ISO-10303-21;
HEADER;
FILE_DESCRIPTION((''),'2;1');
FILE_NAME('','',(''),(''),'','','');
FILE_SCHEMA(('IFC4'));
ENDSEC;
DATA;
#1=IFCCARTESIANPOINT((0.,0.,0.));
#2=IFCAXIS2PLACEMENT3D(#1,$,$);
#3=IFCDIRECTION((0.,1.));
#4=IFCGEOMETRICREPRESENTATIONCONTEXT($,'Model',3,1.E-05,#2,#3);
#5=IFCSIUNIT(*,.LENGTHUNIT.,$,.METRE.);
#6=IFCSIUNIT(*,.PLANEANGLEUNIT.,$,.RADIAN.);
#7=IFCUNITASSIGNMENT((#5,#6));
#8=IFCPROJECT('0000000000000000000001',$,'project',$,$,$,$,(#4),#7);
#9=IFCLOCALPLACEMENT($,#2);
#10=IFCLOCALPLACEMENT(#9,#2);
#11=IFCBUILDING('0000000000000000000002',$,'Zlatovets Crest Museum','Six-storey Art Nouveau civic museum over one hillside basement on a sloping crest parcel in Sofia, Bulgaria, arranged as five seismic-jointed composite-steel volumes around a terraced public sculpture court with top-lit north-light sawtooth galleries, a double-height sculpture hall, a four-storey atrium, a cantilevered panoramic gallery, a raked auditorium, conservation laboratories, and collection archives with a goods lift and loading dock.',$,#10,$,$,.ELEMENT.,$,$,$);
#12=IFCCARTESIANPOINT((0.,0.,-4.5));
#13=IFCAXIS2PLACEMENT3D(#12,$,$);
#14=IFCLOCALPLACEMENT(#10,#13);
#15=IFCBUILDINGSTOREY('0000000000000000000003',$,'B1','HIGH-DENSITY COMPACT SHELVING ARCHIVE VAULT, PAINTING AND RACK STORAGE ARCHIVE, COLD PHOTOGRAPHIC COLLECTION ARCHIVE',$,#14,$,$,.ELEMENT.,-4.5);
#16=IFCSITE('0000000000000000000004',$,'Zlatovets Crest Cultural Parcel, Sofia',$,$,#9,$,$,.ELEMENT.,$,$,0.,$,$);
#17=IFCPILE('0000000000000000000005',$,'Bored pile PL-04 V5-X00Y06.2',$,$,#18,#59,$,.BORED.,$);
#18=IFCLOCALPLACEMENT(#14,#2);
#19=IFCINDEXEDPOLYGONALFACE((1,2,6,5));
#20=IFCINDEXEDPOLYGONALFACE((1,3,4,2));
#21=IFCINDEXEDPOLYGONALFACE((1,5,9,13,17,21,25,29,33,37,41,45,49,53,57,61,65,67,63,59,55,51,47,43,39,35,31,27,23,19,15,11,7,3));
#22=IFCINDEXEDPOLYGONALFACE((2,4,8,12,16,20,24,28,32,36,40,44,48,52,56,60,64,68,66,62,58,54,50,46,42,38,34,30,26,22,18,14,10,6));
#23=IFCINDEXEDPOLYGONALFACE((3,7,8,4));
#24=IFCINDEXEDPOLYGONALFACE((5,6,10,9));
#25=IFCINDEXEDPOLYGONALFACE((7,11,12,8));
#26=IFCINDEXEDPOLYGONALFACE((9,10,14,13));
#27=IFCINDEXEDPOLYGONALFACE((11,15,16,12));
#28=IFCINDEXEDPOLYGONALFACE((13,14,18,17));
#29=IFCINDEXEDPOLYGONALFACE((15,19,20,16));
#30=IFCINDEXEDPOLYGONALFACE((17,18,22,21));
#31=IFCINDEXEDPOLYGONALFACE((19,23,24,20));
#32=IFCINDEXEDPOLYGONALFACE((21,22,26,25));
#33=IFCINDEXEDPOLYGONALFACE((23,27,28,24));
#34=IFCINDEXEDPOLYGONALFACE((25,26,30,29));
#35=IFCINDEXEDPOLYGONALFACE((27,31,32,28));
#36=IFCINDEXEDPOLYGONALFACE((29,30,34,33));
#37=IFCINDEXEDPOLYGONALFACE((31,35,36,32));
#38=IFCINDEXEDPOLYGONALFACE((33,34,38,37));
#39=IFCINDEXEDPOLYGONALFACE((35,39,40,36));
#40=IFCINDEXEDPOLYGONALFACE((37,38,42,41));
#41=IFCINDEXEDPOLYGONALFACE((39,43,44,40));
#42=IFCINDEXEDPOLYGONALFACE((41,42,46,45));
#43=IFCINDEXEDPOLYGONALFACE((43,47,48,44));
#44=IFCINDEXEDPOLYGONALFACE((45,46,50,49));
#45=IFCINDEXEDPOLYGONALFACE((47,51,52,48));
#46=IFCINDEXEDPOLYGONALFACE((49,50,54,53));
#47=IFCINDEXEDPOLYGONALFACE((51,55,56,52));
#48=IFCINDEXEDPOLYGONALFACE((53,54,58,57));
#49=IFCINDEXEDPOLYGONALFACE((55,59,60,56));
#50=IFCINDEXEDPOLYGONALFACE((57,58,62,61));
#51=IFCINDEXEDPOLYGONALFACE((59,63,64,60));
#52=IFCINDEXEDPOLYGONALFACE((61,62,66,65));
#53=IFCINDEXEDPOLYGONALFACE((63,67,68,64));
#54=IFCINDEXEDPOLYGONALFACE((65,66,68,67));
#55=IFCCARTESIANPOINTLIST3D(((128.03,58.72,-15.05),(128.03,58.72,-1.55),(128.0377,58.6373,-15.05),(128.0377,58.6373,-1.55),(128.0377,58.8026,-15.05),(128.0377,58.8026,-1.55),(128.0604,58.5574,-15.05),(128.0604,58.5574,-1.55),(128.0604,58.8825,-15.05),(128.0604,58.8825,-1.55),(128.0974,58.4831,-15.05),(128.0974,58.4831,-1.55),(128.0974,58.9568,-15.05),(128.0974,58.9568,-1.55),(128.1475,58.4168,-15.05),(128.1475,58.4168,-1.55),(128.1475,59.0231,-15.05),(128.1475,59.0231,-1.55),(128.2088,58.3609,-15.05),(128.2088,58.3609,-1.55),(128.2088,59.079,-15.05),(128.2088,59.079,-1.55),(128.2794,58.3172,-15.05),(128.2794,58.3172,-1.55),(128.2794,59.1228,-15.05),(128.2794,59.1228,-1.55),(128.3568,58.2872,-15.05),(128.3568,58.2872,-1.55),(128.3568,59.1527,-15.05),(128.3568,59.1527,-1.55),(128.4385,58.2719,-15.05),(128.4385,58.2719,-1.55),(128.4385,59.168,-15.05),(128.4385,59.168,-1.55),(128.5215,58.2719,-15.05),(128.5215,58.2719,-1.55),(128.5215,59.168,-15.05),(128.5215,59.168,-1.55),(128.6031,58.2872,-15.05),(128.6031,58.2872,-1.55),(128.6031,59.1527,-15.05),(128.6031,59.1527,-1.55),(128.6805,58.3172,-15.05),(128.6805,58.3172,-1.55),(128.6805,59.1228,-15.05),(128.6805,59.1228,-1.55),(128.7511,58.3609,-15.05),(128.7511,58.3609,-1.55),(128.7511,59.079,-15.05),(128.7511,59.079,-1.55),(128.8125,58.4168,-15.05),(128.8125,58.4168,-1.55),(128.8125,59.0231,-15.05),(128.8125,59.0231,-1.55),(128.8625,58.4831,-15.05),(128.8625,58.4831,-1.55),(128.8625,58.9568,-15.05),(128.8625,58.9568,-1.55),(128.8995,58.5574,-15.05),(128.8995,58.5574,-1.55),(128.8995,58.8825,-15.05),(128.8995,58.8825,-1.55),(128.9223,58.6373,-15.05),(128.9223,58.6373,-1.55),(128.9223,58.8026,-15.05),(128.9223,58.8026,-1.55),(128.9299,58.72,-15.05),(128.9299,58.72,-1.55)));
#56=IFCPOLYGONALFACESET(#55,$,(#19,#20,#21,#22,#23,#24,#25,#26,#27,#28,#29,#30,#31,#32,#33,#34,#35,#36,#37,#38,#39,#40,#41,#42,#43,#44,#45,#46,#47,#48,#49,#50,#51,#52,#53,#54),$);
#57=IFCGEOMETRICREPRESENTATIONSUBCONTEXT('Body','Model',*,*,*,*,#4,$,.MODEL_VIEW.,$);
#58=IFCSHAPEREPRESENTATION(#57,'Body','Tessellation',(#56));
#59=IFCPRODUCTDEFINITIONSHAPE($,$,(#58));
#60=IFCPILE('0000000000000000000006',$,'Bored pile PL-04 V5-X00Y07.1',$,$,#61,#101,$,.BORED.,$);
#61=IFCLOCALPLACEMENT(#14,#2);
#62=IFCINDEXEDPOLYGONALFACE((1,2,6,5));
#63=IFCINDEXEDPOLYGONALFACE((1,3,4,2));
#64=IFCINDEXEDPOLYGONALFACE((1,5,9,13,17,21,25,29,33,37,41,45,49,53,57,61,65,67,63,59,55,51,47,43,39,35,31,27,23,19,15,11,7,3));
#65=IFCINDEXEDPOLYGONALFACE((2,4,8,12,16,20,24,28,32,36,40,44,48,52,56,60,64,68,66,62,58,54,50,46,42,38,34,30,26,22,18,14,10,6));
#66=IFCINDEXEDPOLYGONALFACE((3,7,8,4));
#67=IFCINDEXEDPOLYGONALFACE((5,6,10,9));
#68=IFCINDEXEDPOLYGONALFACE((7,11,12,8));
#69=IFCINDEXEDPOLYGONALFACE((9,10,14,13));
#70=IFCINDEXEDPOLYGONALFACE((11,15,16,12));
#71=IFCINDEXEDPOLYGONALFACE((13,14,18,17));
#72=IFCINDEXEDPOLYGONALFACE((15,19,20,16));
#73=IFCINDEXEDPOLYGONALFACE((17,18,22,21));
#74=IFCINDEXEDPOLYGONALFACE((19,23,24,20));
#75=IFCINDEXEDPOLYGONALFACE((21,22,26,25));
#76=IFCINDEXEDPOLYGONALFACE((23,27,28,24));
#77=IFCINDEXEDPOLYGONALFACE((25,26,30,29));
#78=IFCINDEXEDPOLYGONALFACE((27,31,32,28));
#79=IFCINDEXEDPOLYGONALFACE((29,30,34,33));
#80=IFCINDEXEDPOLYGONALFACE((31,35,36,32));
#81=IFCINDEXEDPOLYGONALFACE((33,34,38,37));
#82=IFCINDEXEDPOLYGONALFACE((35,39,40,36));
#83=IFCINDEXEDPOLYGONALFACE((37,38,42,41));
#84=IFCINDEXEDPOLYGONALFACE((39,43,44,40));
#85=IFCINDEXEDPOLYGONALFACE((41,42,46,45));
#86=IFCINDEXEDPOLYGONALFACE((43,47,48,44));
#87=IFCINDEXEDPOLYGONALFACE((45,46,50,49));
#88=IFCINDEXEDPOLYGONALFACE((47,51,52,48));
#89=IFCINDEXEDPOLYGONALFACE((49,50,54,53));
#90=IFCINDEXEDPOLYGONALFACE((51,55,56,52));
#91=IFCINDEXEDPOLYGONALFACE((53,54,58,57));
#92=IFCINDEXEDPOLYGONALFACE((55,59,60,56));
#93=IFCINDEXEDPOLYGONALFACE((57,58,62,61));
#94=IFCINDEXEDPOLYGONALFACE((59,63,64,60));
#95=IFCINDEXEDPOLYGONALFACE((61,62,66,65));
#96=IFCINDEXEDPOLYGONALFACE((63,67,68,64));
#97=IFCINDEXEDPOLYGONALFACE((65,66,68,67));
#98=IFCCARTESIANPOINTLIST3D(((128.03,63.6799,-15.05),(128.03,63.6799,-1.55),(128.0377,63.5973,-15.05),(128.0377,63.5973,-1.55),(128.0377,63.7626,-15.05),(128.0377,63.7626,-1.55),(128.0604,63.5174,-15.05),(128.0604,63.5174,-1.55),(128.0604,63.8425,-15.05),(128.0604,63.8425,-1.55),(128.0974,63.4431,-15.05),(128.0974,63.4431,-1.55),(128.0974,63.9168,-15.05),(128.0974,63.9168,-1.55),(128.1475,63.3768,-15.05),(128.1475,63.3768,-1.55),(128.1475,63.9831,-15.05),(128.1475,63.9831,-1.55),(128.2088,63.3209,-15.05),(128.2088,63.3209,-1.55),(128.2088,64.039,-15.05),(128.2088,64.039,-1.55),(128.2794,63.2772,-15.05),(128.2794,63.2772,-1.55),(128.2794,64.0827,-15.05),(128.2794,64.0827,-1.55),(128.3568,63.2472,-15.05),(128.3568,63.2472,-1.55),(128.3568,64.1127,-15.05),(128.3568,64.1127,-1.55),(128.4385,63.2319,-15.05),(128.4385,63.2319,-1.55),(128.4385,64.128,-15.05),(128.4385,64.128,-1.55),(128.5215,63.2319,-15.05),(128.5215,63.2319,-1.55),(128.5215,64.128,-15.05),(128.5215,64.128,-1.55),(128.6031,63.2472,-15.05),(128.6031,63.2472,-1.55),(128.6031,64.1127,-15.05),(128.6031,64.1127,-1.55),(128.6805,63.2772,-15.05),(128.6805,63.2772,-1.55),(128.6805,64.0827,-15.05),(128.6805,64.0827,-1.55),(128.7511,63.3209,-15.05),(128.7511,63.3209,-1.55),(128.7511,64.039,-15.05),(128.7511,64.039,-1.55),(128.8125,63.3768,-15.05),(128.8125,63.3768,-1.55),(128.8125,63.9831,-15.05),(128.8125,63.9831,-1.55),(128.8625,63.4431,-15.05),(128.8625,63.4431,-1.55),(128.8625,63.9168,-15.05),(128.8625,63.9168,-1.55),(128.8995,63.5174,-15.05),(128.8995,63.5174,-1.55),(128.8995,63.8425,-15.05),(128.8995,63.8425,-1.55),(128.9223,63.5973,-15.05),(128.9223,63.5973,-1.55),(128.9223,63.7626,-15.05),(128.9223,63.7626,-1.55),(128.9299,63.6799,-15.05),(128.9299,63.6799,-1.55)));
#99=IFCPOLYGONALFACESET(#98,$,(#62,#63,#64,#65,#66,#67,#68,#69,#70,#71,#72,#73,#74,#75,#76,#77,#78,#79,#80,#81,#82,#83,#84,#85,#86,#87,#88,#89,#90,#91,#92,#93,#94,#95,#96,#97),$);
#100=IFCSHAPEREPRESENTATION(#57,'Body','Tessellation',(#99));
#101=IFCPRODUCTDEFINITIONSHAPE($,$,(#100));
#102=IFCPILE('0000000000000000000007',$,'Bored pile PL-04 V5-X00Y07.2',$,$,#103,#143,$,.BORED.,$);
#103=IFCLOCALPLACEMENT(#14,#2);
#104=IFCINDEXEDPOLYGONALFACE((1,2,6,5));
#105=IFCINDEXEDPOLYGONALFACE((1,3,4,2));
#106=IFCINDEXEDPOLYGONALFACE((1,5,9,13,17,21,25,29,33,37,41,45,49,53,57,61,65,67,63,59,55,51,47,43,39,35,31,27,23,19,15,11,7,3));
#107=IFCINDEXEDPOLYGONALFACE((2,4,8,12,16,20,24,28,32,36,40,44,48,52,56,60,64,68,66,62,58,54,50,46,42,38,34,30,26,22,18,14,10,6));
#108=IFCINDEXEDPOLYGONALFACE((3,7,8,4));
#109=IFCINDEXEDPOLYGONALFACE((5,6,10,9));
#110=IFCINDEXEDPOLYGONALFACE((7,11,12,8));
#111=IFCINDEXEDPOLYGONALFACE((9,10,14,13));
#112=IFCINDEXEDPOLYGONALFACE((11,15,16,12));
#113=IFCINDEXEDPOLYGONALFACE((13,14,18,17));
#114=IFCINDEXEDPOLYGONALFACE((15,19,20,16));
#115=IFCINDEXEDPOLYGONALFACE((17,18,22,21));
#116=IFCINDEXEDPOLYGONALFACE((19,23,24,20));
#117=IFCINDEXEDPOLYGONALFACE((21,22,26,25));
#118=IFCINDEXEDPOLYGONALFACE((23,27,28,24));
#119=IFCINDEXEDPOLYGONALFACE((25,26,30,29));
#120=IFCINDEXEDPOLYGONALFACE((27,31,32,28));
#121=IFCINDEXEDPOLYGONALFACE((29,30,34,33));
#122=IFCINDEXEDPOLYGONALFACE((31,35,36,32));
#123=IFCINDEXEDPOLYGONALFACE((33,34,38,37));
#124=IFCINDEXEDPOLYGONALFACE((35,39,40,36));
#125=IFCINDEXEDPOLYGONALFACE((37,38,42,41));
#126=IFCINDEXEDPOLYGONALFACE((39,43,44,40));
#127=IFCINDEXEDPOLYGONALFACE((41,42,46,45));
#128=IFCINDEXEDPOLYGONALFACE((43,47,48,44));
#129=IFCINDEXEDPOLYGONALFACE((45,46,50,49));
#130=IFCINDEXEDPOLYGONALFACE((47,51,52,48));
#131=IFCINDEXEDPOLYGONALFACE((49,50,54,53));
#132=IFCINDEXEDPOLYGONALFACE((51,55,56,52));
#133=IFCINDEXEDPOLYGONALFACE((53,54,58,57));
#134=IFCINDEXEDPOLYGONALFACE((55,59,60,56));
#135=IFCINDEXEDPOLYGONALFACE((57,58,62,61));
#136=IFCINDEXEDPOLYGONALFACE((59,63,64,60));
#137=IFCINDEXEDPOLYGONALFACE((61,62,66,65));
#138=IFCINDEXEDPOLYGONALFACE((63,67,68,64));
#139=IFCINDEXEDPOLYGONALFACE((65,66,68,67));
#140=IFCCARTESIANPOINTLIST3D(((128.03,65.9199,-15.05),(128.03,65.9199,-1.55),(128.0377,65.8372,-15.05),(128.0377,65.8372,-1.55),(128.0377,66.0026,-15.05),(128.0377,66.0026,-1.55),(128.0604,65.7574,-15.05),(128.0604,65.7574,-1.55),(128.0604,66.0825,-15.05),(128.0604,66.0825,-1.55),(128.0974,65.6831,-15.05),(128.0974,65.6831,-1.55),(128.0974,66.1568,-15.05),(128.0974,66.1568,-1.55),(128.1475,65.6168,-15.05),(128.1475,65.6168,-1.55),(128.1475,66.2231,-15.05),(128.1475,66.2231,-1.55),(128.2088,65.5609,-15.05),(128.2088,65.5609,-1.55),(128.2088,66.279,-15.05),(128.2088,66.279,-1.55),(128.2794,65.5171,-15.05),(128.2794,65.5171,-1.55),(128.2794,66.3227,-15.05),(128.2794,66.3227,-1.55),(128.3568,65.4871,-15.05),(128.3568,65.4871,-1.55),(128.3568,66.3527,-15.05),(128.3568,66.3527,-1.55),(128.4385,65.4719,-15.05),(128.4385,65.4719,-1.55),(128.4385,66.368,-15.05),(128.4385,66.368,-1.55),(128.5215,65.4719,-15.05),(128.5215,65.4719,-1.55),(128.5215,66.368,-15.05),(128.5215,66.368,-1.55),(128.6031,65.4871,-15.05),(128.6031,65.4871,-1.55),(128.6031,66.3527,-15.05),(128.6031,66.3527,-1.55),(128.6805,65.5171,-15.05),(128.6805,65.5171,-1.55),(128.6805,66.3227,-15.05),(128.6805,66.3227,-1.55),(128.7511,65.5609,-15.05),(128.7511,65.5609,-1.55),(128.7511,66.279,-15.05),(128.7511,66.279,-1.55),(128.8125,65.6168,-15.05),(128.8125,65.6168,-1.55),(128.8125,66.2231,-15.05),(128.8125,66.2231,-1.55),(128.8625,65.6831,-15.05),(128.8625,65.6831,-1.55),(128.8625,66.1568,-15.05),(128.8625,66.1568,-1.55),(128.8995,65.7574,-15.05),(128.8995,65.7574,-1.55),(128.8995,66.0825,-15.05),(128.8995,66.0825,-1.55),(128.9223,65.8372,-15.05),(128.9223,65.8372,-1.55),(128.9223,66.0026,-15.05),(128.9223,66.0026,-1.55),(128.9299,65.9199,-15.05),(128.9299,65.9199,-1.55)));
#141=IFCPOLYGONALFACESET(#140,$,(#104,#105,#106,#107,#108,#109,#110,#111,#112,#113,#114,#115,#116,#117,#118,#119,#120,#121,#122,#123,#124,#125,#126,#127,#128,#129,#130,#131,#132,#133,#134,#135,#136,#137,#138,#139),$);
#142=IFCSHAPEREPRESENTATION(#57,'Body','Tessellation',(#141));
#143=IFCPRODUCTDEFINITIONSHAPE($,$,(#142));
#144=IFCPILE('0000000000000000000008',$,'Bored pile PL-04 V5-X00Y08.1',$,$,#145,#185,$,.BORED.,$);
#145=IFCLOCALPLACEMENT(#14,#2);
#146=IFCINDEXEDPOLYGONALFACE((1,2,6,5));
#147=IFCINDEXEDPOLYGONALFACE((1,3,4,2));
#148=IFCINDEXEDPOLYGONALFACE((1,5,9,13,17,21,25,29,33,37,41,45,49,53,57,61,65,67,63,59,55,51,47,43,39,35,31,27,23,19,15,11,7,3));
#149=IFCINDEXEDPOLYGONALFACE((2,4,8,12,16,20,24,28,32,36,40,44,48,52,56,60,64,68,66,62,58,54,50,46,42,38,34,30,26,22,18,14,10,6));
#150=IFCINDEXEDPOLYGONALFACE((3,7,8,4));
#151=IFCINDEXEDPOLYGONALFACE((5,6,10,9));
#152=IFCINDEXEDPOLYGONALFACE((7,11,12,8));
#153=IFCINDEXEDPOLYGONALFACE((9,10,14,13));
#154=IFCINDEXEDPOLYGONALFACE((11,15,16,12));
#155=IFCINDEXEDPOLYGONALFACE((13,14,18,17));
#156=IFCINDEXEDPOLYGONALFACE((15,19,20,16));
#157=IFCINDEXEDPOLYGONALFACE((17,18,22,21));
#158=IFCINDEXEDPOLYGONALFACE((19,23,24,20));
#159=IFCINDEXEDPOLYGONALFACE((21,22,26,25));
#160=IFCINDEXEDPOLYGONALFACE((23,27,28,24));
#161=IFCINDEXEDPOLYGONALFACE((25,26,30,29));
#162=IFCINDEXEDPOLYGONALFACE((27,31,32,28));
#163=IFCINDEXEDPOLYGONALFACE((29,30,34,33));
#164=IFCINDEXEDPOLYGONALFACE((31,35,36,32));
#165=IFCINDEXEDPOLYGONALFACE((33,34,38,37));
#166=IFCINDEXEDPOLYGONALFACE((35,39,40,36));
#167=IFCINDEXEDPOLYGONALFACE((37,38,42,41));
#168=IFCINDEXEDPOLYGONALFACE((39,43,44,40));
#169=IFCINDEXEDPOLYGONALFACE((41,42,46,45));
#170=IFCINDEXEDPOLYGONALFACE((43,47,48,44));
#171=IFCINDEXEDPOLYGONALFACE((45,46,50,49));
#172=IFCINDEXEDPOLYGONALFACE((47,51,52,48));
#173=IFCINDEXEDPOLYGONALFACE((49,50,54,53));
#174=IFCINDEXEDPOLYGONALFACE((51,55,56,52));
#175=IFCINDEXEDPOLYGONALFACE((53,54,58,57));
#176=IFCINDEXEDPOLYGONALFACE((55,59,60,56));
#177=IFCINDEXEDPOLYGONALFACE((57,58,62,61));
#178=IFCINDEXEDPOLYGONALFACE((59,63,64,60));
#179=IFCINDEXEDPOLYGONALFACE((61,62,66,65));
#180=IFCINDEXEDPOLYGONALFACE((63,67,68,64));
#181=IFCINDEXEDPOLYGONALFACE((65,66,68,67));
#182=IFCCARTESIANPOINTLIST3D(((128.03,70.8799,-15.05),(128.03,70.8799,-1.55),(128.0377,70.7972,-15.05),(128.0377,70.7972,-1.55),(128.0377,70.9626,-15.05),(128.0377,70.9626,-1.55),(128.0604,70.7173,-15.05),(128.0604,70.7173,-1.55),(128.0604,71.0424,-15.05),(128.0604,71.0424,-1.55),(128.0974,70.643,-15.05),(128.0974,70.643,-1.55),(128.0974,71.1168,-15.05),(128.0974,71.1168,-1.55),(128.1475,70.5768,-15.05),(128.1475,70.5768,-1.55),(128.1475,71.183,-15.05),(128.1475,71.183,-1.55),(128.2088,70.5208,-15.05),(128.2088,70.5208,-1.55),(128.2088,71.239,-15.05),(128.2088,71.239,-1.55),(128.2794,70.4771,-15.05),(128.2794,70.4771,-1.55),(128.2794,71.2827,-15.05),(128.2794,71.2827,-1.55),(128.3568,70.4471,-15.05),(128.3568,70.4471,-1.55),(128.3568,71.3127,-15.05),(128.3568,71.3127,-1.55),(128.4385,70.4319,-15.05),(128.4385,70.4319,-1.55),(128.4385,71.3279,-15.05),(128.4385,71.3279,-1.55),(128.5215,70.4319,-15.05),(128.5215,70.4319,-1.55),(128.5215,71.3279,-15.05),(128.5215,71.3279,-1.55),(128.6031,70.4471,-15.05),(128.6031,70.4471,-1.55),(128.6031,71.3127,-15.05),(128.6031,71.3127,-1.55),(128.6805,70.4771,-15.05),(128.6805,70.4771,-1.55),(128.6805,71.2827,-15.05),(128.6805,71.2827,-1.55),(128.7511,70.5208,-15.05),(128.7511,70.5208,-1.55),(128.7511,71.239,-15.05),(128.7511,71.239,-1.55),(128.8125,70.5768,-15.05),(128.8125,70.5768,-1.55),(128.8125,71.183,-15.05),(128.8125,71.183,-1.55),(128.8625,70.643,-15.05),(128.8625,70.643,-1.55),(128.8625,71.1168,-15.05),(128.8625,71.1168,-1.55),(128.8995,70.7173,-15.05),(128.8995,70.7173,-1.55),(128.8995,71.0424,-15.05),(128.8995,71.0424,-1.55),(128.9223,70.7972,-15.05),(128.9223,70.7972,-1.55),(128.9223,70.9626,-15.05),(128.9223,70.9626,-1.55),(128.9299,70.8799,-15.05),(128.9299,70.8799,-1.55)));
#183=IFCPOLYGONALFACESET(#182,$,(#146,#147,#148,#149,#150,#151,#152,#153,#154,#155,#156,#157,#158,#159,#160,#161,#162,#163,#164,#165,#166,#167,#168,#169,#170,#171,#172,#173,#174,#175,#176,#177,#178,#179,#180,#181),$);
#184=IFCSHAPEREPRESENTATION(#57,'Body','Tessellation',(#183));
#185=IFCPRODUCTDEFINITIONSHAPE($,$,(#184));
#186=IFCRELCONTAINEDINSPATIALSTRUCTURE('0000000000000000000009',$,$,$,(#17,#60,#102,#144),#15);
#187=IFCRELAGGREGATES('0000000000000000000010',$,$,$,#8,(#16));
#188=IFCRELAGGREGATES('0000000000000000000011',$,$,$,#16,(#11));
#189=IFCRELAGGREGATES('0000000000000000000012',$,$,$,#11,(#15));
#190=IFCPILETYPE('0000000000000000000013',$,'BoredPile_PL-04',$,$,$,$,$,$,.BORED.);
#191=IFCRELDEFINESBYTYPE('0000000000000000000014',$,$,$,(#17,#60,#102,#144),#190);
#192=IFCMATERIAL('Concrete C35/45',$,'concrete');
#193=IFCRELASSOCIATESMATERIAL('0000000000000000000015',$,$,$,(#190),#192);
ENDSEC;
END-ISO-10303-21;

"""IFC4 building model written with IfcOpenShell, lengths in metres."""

from ifc_helpers import new_model, si_unit, direction, frame, origin, origin_2d, place, context, subcontext, project, spatial, circle, extrude, material, material_profile, profile_set, type_object, element, save


model = new_model("IFC4")

# Units and contexts
model_context = context("Model", 3, precision=1e-05, world=origin(), true_north=direction((0.0, 1.0)))
body_context = subcontext(model_context, "Body", "Model", "MODEL_VIEW")
ifc_project = project(units=[si_unit("LENGTHUNIT", "METRE"), si_unit("PLANEANGLEUNIT", "RADIAN")], contexts=[model_context])

# Site, building, storey
site_placement = place(None, origin())
site = spatial("IfcSite", under=ifc_project, at=site_placement, Name="Zlatovets Crest Cultural Parcel, Sofia", CompositionType="ELEMENT", RefElevation=0.0)
building_placement = place(site_placement, origin())
building = spatial("IfcBuilding", under=site, at=building_placement, Name="Zlatovets Crest Museum", Description="Six-storey Art Nouveau civic museum over one hillside basement on a sloping crest parcel in Sofia, Bulgaria, arranged as five seismic-jointed composite-steel volumes around a terraced public sculpture court with top-lit north-light sawtooth galleries, a double-height sculpture hall, a four-storey atrium, a cantilevered panoramic gallery, a raked auditorium, conservation laboratories, and collection archives with a goods lift and loading dock.", CompositionType="ELEMENT")
storey_placement = place(building_placement, frame((0.0, 0.0, -4.5)))
storey = spatial("IfcBuildingStorey", under=building, at=storey_placement, Name="B1", Description="HIGH-DENSITY COMPACT SHELVING ARCHIVE VAULT, PAINTING AND RACK STORAGE ARCHIVE, COLD PHOTOGRAPHIC COLLECTION ARCHIVE", CompositionType="ELEMENT", Elevation=-4.5)

# Piles
ifc_material_1 = material(Name="Concrete C35/45", Category="concrete")
ifc_material_profile_1 = material_profile(ifc_material_1, circle(Radius=0.45, at=origin_2d()), Name="PILE D900")
ifc_profile_set_1 = profile_set([ifc_material_profile_1], Name="Concrete C35/45")
pile_type_1 = type_object("IfcPileType", Name="BoredPile_PL-04", PredefinedType="BORED", material=ifc_profile_set_1)
for number, where, z_axis, x_axis, name in (
    (1, (128.48, 58.72, -1.55), (0.0, 0.0, -1.0), (1.0, 0.0, 0.0), "Bored pile PL-04 V5-X00Y06.2"),
    (2, (128.48, 63.6799, -1.55), (0.0, 0.0, -1.0), (1.0, 0.0, 0.0), "Bored pile PL-04 V5-X00Y07.1"),
    (3, (128.48, 65.9199, -1.55), (0.0, 0.0, -1.0), (1.0, 0.0, 0.0), "Bored pile PL-04 V5-X00Y07.2"),
    (4, (128.48, 70.8799, -1.55), (0.0, 0.0, -1.0), (1.0, 0.0, 0.0), "Bored pile PL-04 V5-X00Y08.1"),
):
    element("IfcPile", number, at=place(storey_placement, frame(where, z_axis=z_axis, x_axis=x_axis)), inside=storey, type_object=pile_type_1, Name=name, PredefinedType="BORED", context=body_context, shape_type="SweptSolid", body=[
        extrude(circle(Radius=0.45, at=origin_2d()), origin(), (0.0, 0.0, 1.0), 13.5),
    ])

save(model, "model.ifc")
